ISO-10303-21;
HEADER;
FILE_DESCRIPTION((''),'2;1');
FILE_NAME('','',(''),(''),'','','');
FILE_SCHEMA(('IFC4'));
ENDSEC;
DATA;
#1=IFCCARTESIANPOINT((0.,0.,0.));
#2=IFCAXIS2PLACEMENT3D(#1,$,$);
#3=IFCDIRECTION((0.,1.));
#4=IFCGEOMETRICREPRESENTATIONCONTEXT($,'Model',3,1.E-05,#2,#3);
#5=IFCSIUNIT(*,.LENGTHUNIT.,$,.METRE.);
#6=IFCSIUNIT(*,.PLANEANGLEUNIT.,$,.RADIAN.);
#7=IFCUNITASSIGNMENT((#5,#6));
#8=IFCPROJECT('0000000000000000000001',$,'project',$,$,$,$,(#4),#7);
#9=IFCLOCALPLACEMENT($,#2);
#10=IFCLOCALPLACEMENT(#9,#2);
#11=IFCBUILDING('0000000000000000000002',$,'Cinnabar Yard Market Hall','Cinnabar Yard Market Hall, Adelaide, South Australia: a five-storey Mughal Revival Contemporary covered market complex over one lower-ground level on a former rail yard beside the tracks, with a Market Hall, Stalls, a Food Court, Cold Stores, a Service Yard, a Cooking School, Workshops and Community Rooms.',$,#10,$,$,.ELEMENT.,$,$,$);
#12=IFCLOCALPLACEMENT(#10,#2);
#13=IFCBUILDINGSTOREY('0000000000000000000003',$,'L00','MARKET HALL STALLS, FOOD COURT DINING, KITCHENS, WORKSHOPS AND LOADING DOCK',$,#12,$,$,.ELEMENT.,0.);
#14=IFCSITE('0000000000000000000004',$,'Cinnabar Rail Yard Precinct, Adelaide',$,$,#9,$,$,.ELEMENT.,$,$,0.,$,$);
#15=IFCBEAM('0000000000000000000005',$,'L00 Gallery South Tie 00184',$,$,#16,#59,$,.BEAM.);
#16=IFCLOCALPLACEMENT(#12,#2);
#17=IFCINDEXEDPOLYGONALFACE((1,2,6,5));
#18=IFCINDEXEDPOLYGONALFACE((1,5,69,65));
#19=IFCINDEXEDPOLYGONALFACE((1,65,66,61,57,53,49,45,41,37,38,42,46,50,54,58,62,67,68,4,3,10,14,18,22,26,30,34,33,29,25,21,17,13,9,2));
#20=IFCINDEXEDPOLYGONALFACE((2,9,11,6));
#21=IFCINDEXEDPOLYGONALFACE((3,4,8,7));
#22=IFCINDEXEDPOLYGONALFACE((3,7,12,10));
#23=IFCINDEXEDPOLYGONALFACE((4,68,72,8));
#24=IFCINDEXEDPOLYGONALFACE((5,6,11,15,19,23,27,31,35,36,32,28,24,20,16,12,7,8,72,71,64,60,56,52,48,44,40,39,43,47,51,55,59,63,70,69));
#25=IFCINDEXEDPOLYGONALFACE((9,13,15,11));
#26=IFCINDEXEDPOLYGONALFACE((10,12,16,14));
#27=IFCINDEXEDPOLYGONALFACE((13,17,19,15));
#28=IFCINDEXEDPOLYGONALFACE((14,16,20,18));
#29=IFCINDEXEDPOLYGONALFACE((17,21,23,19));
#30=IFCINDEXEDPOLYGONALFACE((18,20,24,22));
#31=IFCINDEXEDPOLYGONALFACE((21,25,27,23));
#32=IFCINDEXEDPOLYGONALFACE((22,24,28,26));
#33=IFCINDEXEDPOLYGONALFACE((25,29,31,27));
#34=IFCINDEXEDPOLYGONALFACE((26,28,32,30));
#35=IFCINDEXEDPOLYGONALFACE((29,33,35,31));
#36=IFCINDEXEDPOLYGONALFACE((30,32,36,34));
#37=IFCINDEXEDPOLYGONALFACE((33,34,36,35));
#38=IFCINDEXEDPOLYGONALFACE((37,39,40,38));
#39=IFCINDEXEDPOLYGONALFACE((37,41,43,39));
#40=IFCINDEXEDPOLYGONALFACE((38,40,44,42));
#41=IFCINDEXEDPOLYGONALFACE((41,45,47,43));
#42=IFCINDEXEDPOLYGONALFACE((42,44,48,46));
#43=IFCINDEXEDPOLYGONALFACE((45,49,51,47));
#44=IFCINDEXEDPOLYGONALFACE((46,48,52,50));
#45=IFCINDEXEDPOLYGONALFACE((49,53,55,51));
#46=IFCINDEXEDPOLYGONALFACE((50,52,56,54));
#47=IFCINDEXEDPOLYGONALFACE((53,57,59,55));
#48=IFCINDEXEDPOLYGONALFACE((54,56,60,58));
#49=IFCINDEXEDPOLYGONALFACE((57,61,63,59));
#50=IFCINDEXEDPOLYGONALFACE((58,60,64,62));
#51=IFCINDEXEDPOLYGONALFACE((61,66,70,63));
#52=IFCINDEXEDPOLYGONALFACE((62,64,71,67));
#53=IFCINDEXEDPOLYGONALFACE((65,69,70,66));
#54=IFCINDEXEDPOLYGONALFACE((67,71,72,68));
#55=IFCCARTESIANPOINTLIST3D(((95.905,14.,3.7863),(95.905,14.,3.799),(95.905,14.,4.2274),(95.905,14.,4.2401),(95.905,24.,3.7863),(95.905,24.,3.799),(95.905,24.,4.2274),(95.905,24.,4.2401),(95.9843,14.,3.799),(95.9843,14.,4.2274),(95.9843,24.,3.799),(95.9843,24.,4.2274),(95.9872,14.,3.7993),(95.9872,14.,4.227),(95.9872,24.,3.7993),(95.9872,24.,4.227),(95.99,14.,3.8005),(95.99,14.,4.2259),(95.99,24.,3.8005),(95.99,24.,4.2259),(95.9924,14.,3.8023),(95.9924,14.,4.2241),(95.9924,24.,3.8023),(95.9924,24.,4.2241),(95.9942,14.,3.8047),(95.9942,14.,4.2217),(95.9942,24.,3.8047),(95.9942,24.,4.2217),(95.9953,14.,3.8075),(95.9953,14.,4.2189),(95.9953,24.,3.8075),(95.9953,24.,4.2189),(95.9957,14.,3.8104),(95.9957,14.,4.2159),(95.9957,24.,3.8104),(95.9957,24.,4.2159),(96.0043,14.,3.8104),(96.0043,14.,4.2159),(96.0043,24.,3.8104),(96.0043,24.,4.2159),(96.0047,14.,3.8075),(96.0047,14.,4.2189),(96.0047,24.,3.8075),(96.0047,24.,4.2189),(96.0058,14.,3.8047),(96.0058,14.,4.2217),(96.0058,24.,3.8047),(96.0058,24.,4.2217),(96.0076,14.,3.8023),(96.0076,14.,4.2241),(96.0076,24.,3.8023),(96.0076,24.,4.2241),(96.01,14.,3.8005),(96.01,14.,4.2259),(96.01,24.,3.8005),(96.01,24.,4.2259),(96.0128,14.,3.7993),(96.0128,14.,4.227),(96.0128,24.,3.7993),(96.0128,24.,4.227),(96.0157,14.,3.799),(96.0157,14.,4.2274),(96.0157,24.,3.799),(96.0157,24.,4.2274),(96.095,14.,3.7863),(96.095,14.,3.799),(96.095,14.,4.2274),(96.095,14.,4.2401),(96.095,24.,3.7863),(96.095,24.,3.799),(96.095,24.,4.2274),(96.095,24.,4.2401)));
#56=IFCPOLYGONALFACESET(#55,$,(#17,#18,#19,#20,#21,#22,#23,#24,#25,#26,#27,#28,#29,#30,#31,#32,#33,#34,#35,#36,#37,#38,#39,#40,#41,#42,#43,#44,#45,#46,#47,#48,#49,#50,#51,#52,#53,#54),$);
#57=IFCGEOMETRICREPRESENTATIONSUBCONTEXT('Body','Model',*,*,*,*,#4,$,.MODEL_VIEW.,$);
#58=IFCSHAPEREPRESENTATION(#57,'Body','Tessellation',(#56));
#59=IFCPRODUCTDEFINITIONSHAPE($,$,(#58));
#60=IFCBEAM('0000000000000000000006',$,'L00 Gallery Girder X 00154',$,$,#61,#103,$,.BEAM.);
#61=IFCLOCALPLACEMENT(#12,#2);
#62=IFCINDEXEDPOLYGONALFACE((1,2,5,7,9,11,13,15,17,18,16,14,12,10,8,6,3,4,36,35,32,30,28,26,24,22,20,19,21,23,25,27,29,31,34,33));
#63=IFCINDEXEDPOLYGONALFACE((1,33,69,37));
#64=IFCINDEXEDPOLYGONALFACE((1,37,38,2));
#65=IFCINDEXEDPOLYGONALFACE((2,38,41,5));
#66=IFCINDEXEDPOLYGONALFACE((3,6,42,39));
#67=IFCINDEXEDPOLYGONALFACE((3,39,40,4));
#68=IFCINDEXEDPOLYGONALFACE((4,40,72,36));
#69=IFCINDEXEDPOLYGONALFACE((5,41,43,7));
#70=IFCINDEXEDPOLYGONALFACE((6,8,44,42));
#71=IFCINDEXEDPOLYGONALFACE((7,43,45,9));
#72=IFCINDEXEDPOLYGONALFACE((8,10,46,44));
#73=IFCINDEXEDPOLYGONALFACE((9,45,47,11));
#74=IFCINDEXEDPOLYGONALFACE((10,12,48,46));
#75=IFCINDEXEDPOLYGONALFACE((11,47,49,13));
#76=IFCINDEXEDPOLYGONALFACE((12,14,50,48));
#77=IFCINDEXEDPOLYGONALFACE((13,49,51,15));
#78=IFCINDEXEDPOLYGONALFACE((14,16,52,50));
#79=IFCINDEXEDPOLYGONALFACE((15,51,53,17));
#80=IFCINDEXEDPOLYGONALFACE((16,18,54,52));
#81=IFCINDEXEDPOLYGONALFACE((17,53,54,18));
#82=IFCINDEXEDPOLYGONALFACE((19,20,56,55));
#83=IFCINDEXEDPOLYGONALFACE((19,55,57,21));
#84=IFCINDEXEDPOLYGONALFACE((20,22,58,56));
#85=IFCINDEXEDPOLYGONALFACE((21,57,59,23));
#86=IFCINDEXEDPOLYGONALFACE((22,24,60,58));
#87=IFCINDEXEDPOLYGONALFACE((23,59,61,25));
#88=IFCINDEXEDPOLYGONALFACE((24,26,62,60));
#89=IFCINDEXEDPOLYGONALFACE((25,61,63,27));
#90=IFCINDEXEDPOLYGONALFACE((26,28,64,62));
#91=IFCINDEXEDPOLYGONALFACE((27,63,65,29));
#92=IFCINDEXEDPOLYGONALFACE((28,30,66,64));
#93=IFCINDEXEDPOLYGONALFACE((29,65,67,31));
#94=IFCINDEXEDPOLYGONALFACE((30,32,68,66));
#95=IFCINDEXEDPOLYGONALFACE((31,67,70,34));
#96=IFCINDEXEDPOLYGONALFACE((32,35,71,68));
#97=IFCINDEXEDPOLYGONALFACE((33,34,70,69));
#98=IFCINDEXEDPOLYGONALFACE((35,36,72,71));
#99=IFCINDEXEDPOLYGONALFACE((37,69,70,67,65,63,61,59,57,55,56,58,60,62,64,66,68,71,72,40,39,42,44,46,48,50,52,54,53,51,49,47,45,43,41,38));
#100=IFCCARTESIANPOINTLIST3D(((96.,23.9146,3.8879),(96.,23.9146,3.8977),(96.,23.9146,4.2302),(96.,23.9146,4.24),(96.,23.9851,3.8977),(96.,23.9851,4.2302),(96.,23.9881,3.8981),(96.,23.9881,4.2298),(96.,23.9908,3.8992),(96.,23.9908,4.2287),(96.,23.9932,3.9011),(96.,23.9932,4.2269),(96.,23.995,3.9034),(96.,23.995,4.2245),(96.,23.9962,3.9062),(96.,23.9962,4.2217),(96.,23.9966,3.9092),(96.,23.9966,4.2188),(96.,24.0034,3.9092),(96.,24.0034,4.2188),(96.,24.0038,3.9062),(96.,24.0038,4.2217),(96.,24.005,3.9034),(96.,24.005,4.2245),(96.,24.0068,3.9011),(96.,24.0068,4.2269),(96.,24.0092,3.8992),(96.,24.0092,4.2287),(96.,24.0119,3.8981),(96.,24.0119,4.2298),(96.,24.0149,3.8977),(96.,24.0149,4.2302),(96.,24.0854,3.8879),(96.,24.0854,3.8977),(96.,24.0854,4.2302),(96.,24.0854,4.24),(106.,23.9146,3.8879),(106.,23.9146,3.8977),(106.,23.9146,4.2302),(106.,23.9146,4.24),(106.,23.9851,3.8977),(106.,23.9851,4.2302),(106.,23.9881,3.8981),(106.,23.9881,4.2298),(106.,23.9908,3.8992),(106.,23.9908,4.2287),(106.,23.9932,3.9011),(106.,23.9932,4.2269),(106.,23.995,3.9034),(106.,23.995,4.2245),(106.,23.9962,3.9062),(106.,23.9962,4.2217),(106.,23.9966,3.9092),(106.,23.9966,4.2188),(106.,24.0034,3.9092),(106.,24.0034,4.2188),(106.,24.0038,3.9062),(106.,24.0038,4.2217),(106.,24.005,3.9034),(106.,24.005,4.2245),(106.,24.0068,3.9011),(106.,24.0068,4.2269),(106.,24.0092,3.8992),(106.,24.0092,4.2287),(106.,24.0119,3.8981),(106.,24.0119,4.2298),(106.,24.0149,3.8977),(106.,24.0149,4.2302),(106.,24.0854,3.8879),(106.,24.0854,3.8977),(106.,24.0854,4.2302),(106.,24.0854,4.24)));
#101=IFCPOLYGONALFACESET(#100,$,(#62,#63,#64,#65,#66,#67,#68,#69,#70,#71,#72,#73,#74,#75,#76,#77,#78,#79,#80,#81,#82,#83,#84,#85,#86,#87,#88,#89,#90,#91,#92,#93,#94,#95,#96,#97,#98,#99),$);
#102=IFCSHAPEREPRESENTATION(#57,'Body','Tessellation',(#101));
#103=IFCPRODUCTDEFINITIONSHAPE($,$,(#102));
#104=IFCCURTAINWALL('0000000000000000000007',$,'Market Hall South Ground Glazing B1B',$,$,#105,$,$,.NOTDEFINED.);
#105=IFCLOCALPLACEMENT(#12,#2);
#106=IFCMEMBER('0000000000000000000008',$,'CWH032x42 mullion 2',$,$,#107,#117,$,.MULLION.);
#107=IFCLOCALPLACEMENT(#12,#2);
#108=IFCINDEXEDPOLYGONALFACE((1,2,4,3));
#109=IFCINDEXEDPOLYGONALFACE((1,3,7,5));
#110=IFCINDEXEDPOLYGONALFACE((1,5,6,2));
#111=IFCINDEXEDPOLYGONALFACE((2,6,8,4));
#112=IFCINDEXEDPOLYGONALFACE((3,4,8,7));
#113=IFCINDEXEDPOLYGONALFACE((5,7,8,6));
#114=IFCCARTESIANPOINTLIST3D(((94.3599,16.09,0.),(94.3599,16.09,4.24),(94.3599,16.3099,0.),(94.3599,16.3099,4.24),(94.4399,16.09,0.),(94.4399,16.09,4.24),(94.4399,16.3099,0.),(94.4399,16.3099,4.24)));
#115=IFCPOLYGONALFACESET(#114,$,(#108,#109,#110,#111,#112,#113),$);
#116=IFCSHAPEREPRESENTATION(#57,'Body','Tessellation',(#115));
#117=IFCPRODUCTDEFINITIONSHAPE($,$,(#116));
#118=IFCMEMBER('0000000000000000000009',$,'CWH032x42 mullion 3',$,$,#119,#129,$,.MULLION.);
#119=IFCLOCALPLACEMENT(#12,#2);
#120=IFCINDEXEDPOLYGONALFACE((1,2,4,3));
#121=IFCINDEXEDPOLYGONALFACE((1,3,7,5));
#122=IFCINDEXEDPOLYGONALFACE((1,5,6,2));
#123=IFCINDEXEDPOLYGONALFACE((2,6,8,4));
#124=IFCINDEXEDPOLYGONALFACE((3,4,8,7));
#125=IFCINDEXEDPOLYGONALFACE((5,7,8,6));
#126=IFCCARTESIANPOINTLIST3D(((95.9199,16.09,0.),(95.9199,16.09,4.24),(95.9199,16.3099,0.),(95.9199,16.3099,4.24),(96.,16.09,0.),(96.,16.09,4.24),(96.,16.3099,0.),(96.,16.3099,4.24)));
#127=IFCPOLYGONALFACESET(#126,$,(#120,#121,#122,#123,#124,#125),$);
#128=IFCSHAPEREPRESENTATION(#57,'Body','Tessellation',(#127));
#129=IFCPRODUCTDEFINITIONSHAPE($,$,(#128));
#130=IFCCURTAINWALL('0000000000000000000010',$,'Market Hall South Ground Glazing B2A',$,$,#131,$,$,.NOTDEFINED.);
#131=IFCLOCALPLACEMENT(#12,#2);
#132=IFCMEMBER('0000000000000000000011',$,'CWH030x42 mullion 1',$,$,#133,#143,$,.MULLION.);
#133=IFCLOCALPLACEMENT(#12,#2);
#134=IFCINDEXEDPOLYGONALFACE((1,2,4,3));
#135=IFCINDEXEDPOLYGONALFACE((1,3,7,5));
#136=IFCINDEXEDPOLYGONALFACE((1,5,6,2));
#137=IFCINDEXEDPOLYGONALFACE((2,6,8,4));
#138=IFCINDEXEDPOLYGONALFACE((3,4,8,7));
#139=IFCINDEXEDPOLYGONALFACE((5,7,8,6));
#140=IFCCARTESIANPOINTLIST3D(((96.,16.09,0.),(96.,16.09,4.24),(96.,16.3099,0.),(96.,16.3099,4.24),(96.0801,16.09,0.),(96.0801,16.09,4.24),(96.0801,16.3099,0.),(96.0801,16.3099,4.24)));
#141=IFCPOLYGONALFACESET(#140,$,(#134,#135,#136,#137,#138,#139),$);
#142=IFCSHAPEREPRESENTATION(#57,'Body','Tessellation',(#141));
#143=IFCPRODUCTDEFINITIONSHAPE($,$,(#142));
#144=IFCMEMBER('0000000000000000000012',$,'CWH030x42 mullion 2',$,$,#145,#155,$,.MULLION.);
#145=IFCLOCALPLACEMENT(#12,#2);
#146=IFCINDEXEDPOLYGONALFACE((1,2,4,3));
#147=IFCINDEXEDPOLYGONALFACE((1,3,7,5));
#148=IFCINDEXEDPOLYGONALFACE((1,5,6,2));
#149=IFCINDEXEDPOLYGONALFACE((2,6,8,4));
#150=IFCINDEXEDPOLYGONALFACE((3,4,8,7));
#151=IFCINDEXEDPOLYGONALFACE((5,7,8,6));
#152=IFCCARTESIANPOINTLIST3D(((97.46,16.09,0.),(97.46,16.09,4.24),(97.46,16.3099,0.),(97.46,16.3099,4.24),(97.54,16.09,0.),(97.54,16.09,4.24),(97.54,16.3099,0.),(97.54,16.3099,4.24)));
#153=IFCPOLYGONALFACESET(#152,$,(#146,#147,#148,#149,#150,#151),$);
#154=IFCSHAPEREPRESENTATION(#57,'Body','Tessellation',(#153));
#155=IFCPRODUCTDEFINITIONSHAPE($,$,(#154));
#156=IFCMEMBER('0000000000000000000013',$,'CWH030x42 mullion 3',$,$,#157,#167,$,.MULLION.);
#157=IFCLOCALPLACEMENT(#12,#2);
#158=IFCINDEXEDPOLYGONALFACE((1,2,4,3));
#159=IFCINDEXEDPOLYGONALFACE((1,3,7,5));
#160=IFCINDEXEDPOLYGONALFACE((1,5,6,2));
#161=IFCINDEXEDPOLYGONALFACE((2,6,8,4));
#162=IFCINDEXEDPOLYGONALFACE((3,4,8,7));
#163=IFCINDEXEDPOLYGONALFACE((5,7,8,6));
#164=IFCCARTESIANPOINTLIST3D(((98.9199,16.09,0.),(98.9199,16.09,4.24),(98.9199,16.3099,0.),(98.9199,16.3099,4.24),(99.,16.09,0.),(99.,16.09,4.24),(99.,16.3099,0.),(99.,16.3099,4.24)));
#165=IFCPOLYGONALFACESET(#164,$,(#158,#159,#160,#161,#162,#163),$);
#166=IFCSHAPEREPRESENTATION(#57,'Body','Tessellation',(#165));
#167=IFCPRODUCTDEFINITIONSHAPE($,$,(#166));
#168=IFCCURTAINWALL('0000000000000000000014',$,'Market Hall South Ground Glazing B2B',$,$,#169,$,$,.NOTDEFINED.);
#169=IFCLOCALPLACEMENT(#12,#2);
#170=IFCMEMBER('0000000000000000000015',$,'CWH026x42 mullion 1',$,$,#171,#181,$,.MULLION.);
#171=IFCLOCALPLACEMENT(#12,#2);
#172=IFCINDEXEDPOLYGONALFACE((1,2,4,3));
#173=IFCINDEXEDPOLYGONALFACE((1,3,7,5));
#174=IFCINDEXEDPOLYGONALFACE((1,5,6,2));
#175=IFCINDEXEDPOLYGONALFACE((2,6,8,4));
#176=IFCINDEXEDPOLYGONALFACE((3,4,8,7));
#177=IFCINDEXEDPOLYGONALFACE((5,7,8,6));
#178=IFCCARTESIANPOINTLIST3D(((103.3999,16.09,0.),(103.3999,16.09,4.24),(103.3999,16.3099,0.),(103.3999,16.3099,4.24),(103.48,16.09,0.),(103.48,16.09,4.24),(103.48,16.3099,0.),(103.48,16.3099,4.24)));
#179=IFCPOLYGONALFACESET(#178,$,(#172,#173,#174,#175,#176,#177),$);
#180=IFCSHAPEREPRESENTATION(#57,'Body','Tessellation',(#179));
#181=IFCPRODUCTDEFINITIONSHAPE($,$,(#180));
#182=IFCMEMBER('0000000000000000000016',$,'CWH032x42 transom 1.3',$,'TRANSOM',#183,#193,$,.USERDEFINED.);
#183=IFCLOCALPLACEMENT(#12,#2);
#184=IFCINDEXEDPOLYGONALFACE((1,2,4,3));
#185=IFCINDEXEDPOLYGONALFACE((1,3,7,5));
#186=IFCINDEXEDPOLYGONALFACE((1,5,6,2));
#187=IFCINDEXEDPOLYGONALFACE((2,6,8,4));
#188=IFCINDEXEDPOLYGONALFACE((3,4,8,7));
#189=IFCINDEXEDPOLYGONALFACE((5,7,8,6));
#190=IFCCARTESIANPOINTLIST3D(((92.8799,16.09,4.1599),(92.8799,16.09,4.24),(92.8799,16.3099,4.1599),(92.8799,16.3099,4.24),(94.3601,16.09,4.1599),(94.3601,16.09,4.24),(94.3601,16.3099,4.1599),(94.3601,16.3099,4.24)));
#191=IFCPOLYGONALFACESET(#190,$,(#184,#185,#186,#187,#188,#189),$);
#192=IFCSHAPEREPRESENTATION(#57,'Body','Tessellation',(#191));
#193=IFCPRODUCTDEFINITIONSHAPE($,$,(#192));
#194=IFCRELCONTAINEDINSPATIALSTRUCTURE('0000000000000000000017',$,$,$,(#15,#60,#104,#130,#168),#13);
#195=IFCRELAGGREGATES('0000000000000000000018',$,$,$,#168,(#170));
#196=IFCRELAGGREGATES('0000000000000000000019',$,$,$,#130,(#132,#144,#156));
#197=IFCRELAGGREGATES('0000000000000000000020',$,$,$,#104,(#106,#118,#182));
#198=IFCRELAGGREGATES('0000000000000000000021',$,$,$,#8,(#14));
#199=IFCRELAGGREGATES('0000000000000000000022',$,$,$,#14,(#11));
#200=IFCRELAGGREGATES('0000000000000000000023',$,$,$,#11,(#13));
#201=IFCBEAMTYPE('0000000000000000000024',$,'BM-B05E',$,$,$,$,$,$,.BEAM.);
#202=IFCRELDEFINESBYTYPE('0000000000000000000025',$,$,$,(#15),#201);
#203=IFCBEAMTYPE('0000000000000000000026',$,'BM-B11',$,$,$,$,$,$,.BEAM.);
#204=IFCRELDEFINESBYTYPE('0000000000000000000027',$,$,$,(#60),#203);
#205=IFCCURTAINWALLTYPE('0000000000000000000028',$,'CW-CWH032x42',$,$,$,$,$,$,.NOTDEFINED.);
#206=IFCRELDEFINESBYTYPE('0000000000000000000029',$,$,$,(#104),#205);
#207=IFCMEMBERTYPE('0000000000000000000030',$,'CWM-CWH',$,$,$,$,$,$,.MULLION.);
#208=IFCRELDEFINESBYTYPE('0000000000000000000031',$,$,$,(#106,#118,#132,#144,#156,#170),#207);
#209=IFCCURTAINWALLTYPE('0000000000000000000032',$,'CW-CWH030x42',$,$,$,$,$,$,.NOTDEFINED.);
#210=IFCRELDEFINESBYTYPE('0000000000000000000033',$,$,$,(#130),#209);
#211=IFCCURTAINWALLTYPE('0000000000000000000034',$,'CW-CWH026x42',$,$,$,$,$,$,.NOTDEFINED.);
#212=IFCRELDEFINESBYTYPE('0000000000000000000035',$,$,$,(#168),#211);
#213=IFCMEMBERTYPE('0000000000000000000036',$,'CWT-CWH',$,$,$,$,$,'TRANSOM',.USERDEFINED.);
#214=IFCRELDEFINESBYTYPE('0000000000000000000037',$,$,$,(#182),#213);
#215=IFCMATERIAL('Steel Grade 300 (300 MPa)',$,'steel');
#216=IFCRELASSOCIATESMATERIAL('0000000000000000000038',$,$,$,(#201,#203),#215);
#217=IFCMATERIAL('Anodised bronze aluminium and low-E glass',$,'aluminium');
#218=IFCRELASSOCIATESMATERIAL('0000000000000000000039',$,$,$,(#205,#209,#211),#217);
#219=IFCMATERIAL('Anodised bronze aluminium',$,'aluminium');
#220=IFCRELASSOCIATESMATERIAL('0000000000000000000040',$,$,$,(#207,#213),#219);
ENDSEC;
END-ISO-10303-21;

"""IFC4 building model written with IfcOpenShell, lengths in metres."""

from ifc_helpers import new_model, si_unit, direction, frame, origin, origin_2d_with_axis, place, context, subcontext, project, spatial, rectangle, i_section, extrude, material, material_profile, profile_set, type_object, element, aggregate, save


model = new_model("IFC4")

# Units and contexts
model_context = context("Model", 3, precision=1e-05, world=origin(), true_north=direction((0.0, 1.0)))
body_context = subcontext(model_context, "Body", "Model", "MODEL_VIEW")
ifc_project = project(units=[si_unit("LENGTHUNIT", "METRE"), si_unit("PLANEANGLEUNIT", "RADIAN")], contexts=[model_context])

# Site, building, storey
site_placement = place(None, origin())
site = spatial("IfcSite", under=ifc_project, at=site_placement, Name="Cinnabar Rail Yard Precinct, Adelaide", CompositionType="ELEMENT", RefElevation=0.0)
building_placement = place(site_placement, origin())
building = spatial("IfcBuilding", under=site, at=building_placement, Name="Cinnabar Yard Market Hall", Description="Cinnabar Yard Market Hall, Adelaide, South Australia: a five-storey Mughal Revival Contemporary covered market complex over one lower-ground level on a former rail yard beside the tracks, with a Market Hall, Stalls, a Food Court, Cold Stores, a Service Yard, a Cooking School, Workshops and Community Rooms.", CompositionType="ELEMENT")
storey_placement = place(building_placement, origin())
storey = spatial("IfcBuildingStorey", under=building, at=storey_placement, Name="L00", Description="MARKET HALL STALLS, FOOD COURT DINING, KITCHENS, WORKSHOPS AND LOADING DOCK", CompositionType="ELEMENT", Elevation=0.0)

# Beams
ifc_material_1 = material(Name="Steel Grade 300 (300 MPa)", Category="steel")
ifc_material_profile_1 = material_profile(ifc_material_1, i_section(OverallWidth=0.1899, OverallDepth=0.4539, WebThickness=0.0085, FlangeThickness=0.0127, FilletRadius=0.0115, at=origin_2d_with_axis()), Name="460UB67.1")
ifc_profile_set_1 = profile_set([ifc_material_profile_1], Name="Steel Grade 300 (300 MPa)")
beam_type_1 = type_object("IfcBeamType", Name="BM-B05E", PredefinedType="BEAM", material=ifc_profile_set_1)
beam_1_placement = place(storey_placement, frame((96.0, 24.0, 4.0132), z_axis=(0.0, -1.0, 0.0), x_axis=(1.0, 0.0, 0.0)))
element("IfcBeam", 1, at=beam_1_placement, inside=storey, type_object=beam_type_1, Name="L00 Gallery South Tie 00184", PredefinedType="BEAM", context=body_context, shape_type="SweptSolid", body=[
    extrude(i_section(OverallWidth=0.1899, OverallDepth=0.4539, WebThickness=0.0085, FlangeThickness=0.0127, FilletRadius=0.0115, at=origin_2d_with_axis()), origin(), (0.0, 0.0, 1.0), 10.0),
])
ifc_material_profile_2 = material_profile(ifc_material_1, i_section(OverallWidth=0.1709, OverallDepth=0.3521, WebThickness=0.0068, FlangeThickness=0.0098, FilletRadius=0.0115, at=origin_2d_with_axis()), Name="360UB44.7")
ifc_profile_set_2 = profile_set([ifc_material_profile_2], Name="Steel Grade 300 (300 MPa)")
beam_type_2 = type_object("IfcBeamType", Name="BM-B11", PredefinedType="BEAM", material=ifc_profile_set_2)
beam_2_placement = place(storey_placement, frame((96.0, 24.0, 4.064), z_axis=(1.0, 0.0, 0.0), x_axis=(0.0, 1.0, 0.0)))
element("IfcBeam", 2, at=beam_2_placement, inside=storey, type_object=beam_type_2, Name="L00 Gallery Girder X 00154", PredefinedType="BEAM", context=body_context, shape_type="SweptSolid", body=[
    extrude(i_section(OverallWidth=0.1709, OverallDepth=0.3521, WebThickness=0.0068, FlangeThickness=0.0098, FilletRadius=0.0115, at=origin_2d_with_axis()), origin(), (0.0, 0.0, 1.0), 10.0),
])

# Curtain walls, members
ifc_material_2 = material(Name="Anodised bronze aluminium and low-E glass", Category="aluminium")
curtain_wall_type_1 = type_object("IfcCurtainWallType", Name="CW-CWH032x42", PredefinedType="NOTDEFINED", material=ifc_material_2)
curtain_wall_1_placement = place(storey_placement, origin())
curtain_wall_1 = element("IfcCurtainWall", 3, at=curtain_wall_1_placement, inside=storey, type_object=curtain_wall_type_1, Name="Market Hall South Ground Glazing B1B", PredefinedType="NOTDEFINED")
ifc_material_3 = material(Name="Anodised bronze aluminium", Category="aluminium")
ifc_material_profile_3 = material_profile(ifc_material_3, rectangle(XDim=0.22, YDim=0.0801, at=origin_2d_with_axis()), Name="MUL-CWH")
ifc_profile_set_3 = profile_set([ifc_material_profile_3], Name="Anodised bronze aluminium")
member_type_1 = type_object("IfcMemberType", Name="CWM-CWH", PredefinedType="MULLION", material=ifc_profile_set_3)
member_1_placement = place(storey_placement, frame((94.3999, 16.2, 0.0), z_axis=(0.0, 0.0, 1.0), x_axis=(0.0, 1.0, 0.0)))
member_1 = element("IfcMember", 4, at=member_1_placement, type_object=member_type_1, Name="CWH032x42 mullion 2", PredefinedType="MULLION", context=body_context, shape_type="SweptSolid", body=[
    extrude(rectangle(XDim=0.22, YDim=0.0801, at=origin_2d_with_axis()), origin(), (0.0, 0.0, 1.0), 4.24),
])
member_2_placement = place(storey_placement, frame((95.96, 16.2, 0.0), z_axis=(0.0, 0.0, 1.0), x_axis=(0.0, 1.0, 0.0)))
member_2 = element("IfcMember", 5, at=member_2_placement, type_object=member_type_1, Name="CWH032x42 mullion 3", PredefinedType="MULLION", context=body_context, shape_type="SweptSolid", body=[
    extrude(rectangle(XDim=0.22, YDim=0.0801, at=origin_2d_with_axis()), origin(), (0.0, 0.0, 1.0), 4.24),
])
curtain_wall_type_2 = type_object("IfcCurtainWallType", Name="CW-CWH030x42", PredefinedType="NOTDEFINED", material=ifc_material_2)
curtain_wall_2_placement = place(storey_placement, origin())
curtain_wall_2 = element("IfcCurtainWall", 6, at=curtain_wall_2_placement, inside=storey, type_object=curtain_wall_type_2, Name="Market Hall South Ground Glazing B2A", PredefinedType="NOTDEFINED")
member_3_placement = place(storey_placement, frame((96.04, 16.2, 0.0), z_axis=(0.0, 0.0, 1.0), x_axis=(0.0, 1.0, 0.0)))
member_3 = element("IfcMember", 7, at=member_3_placement, type_object=member_type_1, Name="CWH030x42 mullion 1", PredefinedType="MULLION", context=body_context, shape_type="SweptSolid", body=[
    extrude(rectangle(XDim=0.22, YDim=0.0801, at=origin_2d_with_axis()), origin(), (0.0, 0.0, 1.0), 4.24),
])
member_4_placement = place(storey_placement, frame((97.5, 16.2, 0.0), z_axis=(0.0, 0.0, 1.0), x_axis=(0.0, 1.0, 0.0)))
member_4 = element("IfcMember", 8, at=member_4_placement, type_object=member_type_1, Name="CWH030x42 mullion 2", PredefinedType="MULLION", context=body_context, shape_type="SweptSolid", body=[
    extrude(rectangle(XDim=0.22, YDim=0.0801, at=origin_2d_with_axis()), origin(), (0.0, 0.0, 1.0), 4.24),
])
member_5_placement = place(storey_placement, frame((98.96, 16.2, 0.0), z_axis=(0.0, 0.0, 1.0), x_axis=(0.0, 1.0, 0.0)))
member_5 = element("IfcMember", 9, at=member_5_placement, type_object=member_type_1, Name="CWH030x42 mullion 3", PredefinedType="MULLION", context=body_context, shape_type="SweptSolid", body=[
    extrude(rectangle(XDim=0.22, YDim=0.0801, at=origin_2d_with_axis()), origin(), (0.0, 0.0, 1.0), 4.24),
])

# Curtain wall, member
curtain_wall_type_3 = type_object("IfcCurtainWallType", Name="CW-CWH026x42", PredefinedType="NOTDEFINED", material=ifc_material_2)
curtain_wall_3_placement = place(storey_placement, origin())
curtain_wall_3 = element("IfcCurtainWall", 10, at=curtain_wall_3_placement, inside=storey, type_object=curtain_wall_type_3, Name="Market Hall South Ground Glazing B2B", PredefinedType="NOTDEFINED")
member_6_placement = place(storey_placement, frame((103.4399, 16.2, 0.0), z_axis=(0.0, 0.0, 1.0), x_axis=(0.0, 1.0, 0.0)))
member_6 = element("IfcMember", 11, at=member_6_placement, type_object=member_type_1, Name="CWH026x42 mullion 1", PredefinedType="MULLION", context=body_context, shape_type="SweptSolid", body=[
    extrude(rectangle(XDim=0.22, YDim=0.0801, at=origin_2d_with_axis()), origin(), (0.0, 0.0, 1.0), 4.24),
])

# Member
ifc_material_profile_4 = material_profile(ifc_material_3, rectangle(XDim=0.22, YDim=0.0801, at=origin_2d_with_axis()), Name="TRN-CWH")
ifc_profile_set_4 = profile_set([ifc_material_profile_4], Name="Anodised bronze aluminium")
member_type_2 = type_object("IfcMemberType", Name="CWT-CWH", ElementType="TRANSOM", PredefinedType="USERDEFINED", material=ifc_profile_set_4)
member_7_placement = place(storey_placement, frame((92.8799, 16.2, 4.2), z_axis=(1.0, 0.0, 0.0), x_axis=(0.0, 1.0, 0.0)))
member_7 = element("IfcMember", 12, at=member_7_placement, type_object=member_type_2, Name="CWH032x42 transom 1.3", ObjectType="TRANSOM", PredefinedType="USERDEFINED", context=body_context, shape_type="SweptSolid", body=[
    extrude(rectangle(XDim=0.22, YDim=0.0801, at=origin_2d_with_axis()), origin(), (0.0, 0.0, 1.0), 1.4802),
])
aggregate(curtain_wall_3, [member_6])

aggregate(curtain_wall_2, [member_3, member_4, member_5])
aggregate(curtain_wall_1, [member_1, member_2, member_7])

save(model, "model.ifc")
